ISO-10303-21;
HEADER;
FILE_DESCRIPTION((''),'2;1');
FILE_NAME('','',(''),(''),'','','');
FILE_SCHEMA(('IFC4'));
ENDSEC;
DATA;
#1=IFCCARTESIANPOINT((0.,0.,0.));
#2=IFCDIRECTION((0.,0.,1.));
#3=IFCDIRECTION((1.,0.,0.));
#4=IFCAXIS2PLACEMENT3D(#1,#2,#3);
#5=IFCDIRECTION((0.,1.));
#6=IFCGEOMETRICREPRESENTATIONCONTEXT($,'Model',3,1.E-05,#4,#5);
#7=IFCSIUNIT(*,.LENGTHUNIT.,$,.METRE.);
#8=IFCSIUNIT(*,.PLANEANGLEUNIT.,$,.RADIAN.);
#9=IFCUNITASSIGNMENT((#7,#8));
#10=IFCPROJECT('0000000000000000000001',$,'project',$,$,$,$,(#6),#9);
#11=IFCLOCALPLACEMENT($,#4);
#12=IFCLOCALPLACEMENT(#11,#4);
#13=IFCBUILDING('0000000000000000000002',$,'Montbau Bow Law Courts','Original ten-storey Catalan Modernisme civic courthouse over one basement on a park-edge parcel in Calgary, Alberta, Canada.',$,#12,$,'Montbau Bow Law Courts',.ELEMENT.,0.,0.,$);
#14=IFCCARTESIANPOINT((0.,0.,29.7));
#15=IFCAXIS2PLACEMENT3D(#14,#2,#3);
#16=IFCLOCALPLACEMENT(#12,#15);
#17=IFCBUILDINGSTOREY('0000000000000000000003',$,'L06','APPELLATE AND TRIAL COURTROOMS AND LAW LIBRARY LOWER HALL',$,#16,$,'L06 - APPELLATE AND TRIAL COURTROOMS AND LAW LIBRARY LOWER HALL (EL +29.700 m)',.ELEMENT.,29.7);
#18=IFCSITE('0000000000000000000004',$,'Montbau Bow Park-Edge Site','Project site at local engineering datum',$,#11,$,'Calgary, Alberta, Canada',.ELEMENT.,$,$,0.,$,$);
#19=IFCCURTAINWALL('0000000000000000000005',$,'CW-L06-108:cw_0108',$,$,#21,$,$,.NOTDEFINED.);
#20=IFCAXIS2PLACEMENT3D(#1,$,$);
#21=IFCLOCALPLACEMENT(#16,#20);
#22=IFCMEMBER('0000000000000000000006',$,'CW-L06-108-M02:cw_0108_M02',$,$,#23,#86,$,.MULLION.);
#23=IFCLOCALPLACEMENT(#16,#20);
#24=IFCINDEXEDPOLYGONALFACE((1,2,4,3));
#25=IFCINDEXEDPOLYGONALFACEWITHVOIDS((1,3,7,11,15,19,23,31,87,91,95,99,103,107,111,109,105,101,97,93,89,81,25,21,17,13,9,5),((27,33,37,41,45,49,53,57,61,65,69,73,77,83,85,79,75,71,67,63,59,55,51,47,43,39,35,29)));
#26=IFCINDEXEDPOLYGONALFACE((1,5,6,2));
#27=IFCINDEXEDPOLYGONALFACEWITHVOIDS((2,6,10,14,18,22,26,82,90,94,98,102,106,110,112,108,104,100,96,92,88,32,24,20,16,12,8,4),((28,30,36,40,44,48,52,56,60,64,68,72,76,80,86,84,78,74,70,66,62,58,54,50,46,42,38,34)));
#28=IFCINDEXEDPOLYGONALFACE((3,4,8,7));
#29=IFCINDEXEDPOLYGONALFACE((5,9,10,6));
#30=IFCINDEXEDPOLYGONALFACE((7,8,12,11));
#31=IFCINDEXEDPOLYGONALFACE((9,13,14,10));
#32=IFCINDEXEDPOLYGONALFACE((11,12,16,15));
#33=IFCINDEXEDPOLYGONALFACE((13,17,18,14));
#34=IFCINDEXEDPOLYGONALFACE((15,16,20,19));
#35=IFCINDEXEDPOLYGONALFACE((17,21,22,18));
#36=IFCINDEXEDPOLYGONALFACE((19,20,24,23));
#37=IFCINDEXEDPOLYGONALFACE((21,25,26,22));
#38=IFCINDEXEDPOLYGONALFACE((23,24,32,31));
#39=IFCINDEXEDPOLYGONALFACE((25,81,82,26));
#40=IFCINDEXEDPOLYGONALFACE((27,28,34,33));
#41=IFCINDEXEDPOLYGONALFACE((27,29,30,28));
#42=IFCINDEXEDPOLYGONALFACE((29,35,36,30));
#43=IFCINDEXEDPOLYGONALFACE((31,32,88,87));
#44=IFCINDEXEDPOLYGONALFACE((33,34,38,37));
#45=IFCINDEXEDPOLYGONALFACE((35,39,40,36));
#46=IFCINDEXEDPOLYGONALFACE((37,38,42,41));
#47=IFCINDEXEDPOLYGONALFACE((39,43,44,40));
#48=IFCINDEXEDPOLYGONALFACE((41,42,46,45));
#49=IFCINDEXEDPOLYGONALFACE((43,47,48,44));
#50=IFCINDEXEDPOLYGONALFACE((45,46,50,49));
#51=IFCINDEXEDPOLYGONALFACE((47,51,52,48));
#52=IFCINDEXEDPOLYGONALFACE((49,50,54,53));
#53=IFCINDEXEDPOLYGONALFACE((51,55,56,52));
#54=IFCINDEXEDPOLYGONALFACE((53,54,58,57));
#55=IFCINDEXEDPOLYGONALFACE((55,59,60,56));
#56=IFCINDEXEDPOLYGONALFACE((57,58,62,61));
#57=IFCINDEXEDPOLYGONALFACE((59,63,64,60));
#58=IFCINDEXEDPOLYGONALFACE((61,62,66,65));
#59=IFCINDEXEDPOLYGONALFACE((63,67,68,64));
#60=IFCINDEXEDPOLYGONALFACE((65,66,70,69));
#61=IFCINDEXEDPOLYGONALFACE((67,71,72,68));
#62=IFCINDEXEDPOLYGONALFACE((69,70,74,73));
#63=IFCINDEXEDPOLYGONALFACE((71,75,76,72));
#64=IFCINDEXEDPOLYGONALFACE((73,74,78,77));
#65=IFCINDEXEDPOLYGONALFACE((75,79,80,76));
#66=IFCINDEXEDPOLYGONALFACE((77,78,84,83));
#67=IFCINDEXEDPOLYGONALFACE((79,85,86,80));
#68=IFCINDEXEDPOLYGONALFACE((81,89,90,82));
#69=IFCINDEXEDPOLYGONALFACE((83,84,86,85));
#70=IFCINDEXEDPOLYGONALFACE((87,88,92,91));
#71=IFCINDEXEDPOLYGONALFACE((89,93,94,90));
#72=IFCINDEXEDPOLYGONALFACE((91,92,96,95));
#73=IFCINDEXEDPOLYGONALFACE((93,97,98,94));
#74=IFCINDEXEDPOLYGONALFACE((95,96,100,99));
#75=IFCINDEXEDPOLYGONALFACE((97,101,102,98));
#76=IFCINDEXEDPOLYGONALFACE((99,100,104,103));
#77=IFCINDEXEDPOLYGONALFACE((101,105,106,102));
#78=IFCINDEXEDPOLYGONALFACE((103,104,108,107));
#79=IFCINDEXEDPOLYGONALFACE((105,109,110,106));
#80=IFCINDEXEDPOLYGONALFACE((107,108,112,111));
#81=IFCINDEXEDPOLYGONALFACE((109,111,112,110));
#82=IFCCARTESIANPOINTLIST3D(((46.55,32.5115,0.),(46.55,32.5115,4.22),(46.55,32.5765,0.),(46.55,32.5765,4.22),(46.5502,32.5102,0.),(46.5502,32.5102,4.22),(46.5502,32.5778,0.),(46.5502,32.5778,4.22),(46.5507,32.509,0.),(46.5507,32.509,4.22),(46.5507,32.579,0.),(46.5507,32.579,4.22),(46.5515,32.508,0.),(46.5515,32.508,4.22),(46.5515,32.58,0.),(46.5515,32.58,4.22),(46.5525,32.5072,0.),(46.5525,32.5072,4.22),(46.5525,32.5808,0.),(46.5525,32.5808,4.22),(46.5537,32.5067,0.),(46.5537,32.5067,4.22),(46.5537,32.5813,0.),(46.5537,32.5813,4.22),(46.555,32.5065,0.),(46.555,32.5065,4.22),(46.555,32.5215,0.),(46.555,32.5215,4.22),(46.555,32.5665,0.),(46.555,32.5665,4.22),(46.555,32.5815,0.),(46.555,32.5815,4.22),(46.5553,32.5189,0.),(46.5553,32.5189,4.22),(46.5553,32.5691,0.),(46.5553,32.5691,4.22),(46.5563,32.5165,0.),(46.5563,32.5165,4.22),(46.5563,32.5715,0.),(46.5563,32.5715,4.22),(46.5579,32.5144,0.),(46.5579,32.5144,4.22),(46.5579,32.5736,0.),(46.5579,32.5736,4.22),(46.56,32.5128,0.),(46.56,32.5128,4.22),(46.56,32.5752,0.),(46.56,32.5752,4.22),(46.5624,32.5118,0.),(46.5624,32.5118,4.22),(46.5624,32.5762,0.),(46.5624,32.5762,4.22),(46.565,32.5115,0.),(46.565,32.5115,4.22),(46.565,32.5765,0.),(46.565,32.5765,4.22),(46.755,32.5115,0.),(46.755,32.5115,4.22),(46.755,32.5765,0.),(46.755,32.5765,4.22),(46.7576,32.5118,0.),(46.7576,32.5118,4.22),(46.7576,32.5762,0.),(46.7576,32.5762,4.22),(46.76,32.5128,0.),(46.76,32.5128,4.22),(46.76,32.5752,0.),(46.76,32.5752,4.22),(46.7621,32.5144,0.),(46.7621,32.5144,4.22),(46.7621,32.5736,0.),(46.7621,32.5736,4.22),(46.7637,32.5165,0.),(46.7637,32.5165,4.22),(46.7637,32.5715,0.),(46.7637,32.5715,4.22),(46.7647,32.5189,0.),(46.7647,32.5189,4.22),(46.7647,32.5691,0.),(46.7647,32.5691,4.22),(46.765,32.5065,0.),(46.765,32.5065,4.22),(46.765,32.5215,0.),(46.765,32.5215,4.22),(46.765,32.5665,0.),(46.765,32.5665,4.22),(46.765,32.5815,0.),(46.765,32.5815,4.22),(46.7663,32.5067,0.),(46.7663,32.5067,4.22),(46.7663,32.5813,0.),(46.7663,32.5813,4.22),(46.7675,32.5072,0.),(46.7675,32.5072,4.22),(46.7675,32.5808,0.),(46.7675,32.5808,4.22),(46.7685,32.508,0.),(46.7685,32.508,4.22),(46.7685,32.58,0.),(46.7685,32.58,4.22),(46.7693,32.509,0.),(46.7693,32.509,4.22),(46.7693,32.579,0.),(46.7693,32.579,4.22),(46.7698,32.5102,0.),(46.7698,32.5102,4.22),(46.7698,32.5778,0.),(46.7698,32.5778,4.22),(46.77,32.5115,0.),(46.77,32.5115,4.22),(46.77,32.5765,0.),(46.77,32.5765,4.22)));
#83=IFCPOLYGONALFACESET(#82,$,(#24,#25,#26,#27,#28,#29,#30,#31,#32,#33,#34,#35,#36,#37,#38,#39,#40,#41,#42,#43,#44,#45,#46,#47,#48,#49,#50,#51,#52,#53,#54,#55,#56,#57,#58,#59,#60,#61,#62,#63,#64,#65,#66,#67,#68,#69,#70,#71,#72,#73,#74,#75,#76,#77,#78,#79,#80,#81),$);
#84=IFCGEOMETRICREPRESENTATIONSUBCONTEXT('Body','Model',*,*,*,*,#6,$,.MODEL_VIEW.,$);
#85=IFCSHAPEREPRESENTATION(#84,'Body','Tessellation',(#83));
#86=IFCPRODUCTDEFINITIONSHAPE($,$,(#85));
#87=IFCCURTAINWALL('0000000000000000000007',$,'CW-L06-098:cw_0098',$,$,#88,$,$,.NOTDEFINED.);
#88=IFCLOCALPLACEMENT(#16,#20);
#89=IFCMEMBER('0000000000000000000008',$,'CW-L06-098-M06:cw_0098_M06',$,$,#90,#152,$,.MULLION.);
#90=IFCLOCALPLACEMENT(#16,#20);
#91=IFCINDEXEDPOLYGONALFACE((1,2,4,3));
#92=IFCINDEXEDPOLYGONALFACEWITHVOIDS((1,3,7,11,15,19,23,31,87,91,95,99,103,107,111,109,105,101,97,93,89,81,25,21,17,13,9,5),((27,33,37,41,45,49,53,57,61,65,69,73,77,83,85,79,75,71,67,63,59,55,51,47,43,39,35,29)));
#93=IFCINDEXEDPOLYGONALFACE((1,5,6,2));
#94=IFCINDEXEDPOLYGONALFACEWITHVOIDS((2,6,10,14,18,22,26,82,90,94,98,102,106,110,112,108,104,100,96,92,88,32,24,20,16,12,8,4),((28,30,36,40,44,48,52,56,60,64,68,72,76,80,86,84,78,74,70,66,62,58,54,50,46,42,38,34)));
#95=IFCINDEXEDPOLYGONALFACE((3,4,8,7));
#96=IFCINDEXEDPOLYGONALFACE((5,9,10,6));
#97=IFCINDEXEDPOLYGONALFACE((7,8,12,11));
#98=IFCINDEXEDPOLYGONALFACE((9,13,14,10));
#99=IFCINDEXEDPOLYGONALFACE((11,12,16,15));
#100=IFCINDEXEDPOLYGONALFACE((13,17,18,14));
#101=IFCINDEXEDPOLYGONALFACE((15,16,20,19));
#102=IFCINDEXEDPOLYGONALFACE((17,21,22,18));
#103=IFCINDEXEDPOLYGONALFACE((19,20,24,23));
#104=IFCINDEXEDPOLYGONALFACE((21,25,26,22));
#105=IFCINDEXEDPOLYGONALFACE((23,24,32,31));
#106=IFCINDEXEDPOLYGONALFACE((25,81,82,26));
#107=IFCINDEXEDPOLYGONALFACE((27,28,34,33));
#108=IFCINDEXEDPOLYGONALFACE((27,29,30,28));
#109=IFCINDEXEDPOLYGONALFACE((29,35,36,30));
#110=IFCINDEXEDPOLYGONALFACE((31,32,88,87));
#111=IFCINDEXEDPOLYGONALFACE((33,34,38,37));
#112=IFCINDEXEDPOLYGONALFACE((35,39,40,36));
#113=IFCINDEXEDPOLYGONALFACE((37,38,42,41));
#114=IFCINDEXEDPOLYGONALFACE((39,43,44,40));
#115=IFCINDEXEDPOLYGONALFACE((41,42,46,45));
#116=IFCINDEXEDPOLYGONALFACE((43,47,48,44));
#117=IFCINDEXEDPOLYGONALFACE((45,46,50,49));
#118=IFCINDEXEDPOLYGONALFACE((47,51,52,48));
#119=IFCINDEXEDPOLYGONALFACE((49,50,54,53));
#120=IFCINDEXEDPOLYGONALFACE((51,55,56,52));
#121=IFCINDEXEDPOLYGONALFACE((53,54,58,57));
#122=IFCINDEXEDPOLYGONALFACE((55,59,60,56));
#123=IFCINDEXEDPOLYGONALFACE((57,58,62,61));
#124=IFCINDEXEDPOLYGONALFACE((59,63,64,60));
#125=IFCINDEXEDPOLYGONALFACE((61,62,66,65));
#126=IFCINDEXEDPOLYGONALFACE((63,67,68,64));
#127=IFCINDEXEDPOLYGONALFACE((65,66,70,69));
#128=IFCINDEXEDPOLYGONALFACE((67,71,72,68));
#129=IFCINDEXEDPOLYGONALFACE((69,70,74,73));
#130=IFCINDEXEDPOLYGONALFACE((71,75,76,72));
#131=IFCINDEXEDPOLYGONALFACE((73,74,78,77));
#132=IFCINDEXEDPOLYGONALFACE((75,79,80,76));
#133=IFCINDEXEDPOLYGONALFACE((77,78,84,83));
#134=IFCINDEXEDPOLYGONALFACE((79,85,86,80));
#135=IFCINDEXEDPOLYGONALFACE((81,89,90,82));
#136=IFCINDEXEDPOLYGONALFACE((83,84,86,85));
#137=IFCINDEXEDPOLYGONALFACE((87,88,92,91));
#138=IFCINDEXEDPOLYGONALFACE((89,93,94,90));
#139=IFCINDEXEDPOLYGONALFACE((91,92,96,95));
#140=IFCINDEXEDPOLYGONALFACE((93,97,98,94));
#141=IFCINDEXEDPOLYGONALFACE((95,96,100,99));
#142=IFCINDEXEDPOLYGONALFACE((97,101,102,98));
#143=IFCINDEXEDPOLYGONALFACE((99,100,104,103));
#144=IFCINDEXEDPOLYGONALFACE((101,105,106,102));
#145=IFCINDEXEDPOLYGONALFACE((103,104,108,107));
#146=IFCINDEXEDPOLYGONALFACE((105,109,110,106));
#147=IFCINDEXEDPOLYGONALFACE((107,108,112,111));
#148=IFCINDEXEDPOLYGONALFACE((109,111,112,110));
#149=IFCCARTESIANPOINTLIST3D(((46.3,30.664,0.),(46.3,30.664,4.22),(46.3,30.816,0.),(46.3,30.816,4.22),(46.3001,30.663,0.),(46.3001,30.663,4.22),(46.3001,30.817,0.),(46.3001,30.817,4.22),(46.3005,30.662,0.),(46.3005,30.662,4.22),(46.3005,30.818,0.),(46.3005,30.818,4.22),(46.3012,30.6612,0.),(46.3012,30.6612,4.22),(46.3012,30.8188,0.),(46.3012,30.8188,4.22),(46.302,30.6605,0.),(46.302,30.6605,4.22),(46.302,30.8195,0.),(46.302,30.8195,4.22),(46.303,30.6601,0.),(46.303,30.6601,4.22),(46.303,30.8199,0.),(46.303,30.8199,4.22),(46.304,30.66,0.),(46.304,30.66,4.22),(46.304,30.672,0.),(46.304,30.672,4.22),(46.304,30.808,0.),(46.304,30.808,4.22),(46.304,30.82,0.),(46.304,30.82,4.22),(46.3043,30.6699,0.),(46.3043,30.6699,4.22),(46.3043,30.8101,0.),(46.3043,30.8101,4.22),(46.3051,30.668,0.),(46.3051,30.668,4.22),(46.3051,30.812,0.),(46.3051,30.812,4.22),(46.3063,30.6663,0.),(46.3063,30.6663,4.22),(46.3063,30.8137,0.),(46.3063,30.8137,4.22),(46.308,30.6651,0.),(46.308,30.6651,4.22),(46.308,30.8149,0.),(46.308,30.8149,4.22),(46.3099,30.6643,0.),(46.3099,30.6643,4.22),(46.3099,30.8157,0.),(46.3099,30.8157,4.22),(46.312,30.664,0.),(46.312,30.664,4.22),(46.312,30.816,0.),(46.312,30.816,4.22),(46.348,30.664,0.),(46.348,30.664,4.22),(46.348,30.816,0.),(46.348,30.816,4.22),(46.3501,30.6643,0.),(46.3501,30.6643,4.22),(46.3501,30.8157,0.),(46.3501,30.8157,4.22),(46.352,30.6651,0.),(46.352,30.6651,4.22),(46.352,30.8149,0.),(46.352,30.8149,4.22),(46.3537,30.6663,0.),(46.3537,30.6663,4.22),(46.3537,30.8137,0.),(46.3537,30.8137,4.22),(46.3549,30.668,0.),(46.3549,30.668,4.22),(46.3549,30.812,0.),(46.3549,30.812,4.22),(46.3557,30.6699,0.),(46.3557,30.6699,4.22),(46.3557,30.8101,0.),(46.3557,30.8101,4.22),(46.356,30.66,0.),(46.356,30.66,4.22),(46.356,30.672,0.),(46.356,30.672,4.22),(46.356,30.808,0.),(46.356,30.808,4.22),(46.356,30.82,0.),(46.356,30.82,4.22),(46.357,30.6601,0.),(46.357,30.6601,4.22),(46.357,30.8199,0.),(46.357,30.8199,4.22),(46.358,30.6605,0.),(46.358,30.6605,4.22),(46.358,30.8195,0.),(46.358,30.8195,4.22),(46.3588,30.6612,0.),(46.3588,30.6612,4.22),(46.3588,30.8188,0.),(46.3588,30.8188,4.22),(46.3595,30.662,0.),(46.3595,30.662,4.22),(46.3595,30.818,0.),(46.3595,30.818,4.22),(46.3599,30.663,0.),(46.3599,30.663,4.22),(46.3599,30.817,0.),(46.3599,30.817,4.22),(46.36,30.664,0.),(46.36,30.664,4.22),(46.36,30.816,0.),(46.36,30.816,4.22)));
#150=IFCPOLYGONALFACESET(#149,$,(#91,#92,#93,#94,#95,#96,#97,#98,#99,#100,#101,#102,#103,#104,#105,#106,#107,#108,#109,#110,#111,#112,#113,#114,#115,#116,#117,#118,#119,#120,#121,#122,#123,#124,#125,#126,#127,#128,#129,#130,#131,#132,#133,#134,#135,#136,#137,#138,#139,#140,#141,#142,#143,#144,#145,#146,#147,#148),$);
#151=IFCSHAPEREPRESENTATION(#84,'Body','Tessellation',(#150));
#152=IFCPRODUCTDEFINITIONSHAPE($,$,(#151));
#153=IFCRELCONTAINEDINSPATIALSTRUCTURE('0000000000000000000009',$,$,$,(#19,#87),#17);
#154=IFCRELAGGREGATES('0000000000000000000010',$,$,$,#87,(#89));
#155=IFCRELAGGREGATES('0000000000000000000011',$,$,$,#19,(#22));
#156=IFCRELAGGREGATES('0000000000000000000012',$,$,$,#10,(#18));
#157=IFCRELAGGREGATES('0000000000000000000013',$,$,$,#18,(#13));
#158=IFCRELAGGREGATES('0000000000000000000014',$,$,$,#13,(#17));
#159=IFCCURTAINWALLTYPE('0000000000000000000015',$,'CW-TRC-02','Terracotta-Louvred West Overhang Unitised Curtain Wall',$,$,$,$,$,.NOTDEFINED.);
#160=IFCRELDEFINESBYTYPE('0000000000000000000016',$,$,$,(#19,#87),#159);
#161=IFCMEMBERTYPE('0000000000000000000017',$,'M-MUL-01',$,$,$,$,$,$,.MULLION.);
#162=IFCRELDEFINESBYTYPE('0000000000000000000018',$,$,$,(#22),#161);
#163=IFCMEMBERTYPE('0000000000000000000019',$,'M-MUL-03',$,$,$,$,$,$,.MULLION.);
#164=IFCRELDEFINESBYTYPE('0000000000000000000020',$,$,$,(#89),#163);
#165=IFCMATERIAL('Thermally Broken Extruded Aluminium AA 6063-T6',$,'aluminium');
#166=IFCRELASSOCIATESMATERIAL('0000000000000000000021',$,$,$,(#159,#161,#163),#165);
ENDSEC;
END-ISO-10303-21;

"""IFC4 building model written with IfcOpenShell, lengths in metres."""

from ifc_helpers import new_model, si_unit, direction, frame, origin_with_axes, origin_2d_with_axis, place, context, subcontext, project, spatial, hollow_rectangle, extrude, material, material_profile, profile_set, type_object, element, aggregate, save


model = new_model("IFC4")

# Units and contexts
model_context = context("Model", 3, precision=1e-05, world=origin_with_axes(), true_north=direction((0.0, 1.0)))
body_context = subcontext(model_context, "Body", "Model", "MODEL_VIEW")
ifc_project = project(units=[si_unit("LENGTHUNIT", "METRE"), si_unit("PLANEANGLEUNIT", "RADIAN")], contexts=[model_context])

# Site, building, storey
site_placement = place(None, origin_with_axes())
site = spatial("IfcSite", under=ifc_project, at=site_placement, Name="Montbau Bow Park-Edge Site", Description="Project site at local engineering datum", LongName="Calgary, Alberta, Canada", CompositionType="ELEMENT", RefElevation=0.0)
building_placement = place(site_placement, origin_with_axes())
building = spatial("IfcBuilding", under=site, at=building_placement, Name="Montbau Bow Law Courts", Description="Original ten-storey Catalan Modernisme civic courthouse over one basement on a park-edge parcel in Calgary, Alberta, Canada.", LongName="Montbau Bow Law Courts", CompositionType="ELEMENT", ElevationOfRefHeight=0.0, ElevationOfTerrain=0.0)
storey_placement = place(building_placement, frame((0.0, 0.0, 29.7), z_axis=(0.0, 0.0, 1.0), x_axis=(1.0, 0.0, 0.0)))
storey = spatial("IfcBuildingStorey", under=building, at=storey_placement, Name="L06", Description="APPELLATE AND TRIAL COURTROOMS AND LAW LIBRARY LOWER HALL", LongName="L06 - APPELLATE AND TRIAL COURTROOMS AND LAW LIBRARY LOWER HALL (EL +29.700 m)", CompositionType="ELEMENT", Elevation=29.7)

# Curtain wall, member
ifc_material_1 = material(Name="Thermally Broken Extruded Aluminium AA 6063-T6", Category="aluminium")
curtain_wall_type = type_object("IfcCurtainWallType", Name="CW-TRC-02", Description="Terracotta-Louvred West Overhang Unitised Curtain Wall", PredefinedType="NOTDEFINED", material=ifc_material_1)
curtain_wall_1_placement = place(None, frame((46.66, 31.04, 29.7), z_axis=(0.0, 0.0, 1.0), x_axis=(1.0, 0.0, 0.0)))
curtain_wall_1 = element("IfcCurtainWall", 1, at=curtain_wall_1_placement, inside=storey, type_object=curtain_wall_type, Name="CW-L06-108:cw_0108", PredefinedType="NOTDEFINED")
ifc_material_profile_1 = material_profile(ifc_material_1, hollow_rectangle(XDim=0.075, YDim=0.22, WallThickness=0.005, InnerFilletRadius=0.01, OuterFilletRadius=0.005, at=origin_2d_with_axis()), Name="CWM-220X75", Category="Main", Priority=0)
ifc_profile_set_1 = profile_set([ifc_material_profile_1], Name="Thermally Broken Extruded Aluminium AA 6063-T6")
member_type_1 = type_object("IfcMemberType", Name="M-MUL-01", PredefinedType="MULLION", material=ifc_profile_set_1)
member_1_placement = place(None, frame((46.66, 32.544, 29.7), z_axis=(0.0, 0.0, 1.0), x_axis=(0.0, 1.0, 0.0)))
member_1 = element("IfcMember", 2, at=member_1_placement, type_object=member_type_1, Name="CW-L06-108-M02:cw_0108_M02", PredefinedType="MULLION", context=body_context, shape_type="SweptSolid", body=[
    extrude(hollow_rectangle(XDim=0.075, YDim=0.22, WallThickness=0.005, InnerFilletRadius=0.01, OuterFilletRadius=0.005, at=origin_2d_with_axis()), origin_with_axes(), (0.0, 0.0, 1.0), 4.22),
])

# Curtain wall, member
curtain_wall_2_placement = place(None, frame((39.44, 30.74, 29.7), z_axis=(0.0, 0.0, 1.0), x_axis=(1.0, 0.0, 0.0)))
curtain_wall_2 = element("IfcCurtainWall", 3, at=curtain_wall_2_placement, inside=storey, type_object=curtain_wall_type, Name="CW-L06-098:cw_0098", PredefinedType="NOTDEFINED")
ifc_material_profile_2 = material_profile(ifc_material_1, hollow_rectangle(XDim=0.06, YDim=0.16, WallThickness=0.004, InnerFilletRadius=0.008, OuterFilletRadius=0.004, at=origin_2d_with_axis()), Name="CWM-160X60", Category="Main", Priority=0)
ifc_profile_set_2 = profile_set([ifc_material_profile_2], Name="Thermally Broken Extruded Aluminium AA 6063-T6")
member_type_2 = type_object("IfcMemberType", Name="M-MUL-03", PredefinedType="MULLION", material=ifc_profile_set_2)
member_2_placement = place(None, frame((46.33, 30.74, 29.7), z_axis=(0.0, 0.0, 1.0), x_axis=(1.0, 0.0, 0.0)))
member_2 = element("IfcMember", 4, at=member_2_placement, type_object=member_type_2, Name="CW-L06-098-M06:cw_0098_M06", PredefinedType="MULLION", context=body_context, shape_type="SweptSolid", body=[
    extrude(hollow_rectangle(XDim=0.06, YDim=0.16, WallThickness=0.004, InnerFilletRadius=0.008, OuterFilletRadius=0.004, at=origin_2d_with_axis()), origin_with_axes(), (0.0, 0.0, 1.0), 4.22),
])
aggregate(curtain_wall_2, [member_2])

aggregate(curtain_wall_1, [member_1])

save(model, "model.ifc")
